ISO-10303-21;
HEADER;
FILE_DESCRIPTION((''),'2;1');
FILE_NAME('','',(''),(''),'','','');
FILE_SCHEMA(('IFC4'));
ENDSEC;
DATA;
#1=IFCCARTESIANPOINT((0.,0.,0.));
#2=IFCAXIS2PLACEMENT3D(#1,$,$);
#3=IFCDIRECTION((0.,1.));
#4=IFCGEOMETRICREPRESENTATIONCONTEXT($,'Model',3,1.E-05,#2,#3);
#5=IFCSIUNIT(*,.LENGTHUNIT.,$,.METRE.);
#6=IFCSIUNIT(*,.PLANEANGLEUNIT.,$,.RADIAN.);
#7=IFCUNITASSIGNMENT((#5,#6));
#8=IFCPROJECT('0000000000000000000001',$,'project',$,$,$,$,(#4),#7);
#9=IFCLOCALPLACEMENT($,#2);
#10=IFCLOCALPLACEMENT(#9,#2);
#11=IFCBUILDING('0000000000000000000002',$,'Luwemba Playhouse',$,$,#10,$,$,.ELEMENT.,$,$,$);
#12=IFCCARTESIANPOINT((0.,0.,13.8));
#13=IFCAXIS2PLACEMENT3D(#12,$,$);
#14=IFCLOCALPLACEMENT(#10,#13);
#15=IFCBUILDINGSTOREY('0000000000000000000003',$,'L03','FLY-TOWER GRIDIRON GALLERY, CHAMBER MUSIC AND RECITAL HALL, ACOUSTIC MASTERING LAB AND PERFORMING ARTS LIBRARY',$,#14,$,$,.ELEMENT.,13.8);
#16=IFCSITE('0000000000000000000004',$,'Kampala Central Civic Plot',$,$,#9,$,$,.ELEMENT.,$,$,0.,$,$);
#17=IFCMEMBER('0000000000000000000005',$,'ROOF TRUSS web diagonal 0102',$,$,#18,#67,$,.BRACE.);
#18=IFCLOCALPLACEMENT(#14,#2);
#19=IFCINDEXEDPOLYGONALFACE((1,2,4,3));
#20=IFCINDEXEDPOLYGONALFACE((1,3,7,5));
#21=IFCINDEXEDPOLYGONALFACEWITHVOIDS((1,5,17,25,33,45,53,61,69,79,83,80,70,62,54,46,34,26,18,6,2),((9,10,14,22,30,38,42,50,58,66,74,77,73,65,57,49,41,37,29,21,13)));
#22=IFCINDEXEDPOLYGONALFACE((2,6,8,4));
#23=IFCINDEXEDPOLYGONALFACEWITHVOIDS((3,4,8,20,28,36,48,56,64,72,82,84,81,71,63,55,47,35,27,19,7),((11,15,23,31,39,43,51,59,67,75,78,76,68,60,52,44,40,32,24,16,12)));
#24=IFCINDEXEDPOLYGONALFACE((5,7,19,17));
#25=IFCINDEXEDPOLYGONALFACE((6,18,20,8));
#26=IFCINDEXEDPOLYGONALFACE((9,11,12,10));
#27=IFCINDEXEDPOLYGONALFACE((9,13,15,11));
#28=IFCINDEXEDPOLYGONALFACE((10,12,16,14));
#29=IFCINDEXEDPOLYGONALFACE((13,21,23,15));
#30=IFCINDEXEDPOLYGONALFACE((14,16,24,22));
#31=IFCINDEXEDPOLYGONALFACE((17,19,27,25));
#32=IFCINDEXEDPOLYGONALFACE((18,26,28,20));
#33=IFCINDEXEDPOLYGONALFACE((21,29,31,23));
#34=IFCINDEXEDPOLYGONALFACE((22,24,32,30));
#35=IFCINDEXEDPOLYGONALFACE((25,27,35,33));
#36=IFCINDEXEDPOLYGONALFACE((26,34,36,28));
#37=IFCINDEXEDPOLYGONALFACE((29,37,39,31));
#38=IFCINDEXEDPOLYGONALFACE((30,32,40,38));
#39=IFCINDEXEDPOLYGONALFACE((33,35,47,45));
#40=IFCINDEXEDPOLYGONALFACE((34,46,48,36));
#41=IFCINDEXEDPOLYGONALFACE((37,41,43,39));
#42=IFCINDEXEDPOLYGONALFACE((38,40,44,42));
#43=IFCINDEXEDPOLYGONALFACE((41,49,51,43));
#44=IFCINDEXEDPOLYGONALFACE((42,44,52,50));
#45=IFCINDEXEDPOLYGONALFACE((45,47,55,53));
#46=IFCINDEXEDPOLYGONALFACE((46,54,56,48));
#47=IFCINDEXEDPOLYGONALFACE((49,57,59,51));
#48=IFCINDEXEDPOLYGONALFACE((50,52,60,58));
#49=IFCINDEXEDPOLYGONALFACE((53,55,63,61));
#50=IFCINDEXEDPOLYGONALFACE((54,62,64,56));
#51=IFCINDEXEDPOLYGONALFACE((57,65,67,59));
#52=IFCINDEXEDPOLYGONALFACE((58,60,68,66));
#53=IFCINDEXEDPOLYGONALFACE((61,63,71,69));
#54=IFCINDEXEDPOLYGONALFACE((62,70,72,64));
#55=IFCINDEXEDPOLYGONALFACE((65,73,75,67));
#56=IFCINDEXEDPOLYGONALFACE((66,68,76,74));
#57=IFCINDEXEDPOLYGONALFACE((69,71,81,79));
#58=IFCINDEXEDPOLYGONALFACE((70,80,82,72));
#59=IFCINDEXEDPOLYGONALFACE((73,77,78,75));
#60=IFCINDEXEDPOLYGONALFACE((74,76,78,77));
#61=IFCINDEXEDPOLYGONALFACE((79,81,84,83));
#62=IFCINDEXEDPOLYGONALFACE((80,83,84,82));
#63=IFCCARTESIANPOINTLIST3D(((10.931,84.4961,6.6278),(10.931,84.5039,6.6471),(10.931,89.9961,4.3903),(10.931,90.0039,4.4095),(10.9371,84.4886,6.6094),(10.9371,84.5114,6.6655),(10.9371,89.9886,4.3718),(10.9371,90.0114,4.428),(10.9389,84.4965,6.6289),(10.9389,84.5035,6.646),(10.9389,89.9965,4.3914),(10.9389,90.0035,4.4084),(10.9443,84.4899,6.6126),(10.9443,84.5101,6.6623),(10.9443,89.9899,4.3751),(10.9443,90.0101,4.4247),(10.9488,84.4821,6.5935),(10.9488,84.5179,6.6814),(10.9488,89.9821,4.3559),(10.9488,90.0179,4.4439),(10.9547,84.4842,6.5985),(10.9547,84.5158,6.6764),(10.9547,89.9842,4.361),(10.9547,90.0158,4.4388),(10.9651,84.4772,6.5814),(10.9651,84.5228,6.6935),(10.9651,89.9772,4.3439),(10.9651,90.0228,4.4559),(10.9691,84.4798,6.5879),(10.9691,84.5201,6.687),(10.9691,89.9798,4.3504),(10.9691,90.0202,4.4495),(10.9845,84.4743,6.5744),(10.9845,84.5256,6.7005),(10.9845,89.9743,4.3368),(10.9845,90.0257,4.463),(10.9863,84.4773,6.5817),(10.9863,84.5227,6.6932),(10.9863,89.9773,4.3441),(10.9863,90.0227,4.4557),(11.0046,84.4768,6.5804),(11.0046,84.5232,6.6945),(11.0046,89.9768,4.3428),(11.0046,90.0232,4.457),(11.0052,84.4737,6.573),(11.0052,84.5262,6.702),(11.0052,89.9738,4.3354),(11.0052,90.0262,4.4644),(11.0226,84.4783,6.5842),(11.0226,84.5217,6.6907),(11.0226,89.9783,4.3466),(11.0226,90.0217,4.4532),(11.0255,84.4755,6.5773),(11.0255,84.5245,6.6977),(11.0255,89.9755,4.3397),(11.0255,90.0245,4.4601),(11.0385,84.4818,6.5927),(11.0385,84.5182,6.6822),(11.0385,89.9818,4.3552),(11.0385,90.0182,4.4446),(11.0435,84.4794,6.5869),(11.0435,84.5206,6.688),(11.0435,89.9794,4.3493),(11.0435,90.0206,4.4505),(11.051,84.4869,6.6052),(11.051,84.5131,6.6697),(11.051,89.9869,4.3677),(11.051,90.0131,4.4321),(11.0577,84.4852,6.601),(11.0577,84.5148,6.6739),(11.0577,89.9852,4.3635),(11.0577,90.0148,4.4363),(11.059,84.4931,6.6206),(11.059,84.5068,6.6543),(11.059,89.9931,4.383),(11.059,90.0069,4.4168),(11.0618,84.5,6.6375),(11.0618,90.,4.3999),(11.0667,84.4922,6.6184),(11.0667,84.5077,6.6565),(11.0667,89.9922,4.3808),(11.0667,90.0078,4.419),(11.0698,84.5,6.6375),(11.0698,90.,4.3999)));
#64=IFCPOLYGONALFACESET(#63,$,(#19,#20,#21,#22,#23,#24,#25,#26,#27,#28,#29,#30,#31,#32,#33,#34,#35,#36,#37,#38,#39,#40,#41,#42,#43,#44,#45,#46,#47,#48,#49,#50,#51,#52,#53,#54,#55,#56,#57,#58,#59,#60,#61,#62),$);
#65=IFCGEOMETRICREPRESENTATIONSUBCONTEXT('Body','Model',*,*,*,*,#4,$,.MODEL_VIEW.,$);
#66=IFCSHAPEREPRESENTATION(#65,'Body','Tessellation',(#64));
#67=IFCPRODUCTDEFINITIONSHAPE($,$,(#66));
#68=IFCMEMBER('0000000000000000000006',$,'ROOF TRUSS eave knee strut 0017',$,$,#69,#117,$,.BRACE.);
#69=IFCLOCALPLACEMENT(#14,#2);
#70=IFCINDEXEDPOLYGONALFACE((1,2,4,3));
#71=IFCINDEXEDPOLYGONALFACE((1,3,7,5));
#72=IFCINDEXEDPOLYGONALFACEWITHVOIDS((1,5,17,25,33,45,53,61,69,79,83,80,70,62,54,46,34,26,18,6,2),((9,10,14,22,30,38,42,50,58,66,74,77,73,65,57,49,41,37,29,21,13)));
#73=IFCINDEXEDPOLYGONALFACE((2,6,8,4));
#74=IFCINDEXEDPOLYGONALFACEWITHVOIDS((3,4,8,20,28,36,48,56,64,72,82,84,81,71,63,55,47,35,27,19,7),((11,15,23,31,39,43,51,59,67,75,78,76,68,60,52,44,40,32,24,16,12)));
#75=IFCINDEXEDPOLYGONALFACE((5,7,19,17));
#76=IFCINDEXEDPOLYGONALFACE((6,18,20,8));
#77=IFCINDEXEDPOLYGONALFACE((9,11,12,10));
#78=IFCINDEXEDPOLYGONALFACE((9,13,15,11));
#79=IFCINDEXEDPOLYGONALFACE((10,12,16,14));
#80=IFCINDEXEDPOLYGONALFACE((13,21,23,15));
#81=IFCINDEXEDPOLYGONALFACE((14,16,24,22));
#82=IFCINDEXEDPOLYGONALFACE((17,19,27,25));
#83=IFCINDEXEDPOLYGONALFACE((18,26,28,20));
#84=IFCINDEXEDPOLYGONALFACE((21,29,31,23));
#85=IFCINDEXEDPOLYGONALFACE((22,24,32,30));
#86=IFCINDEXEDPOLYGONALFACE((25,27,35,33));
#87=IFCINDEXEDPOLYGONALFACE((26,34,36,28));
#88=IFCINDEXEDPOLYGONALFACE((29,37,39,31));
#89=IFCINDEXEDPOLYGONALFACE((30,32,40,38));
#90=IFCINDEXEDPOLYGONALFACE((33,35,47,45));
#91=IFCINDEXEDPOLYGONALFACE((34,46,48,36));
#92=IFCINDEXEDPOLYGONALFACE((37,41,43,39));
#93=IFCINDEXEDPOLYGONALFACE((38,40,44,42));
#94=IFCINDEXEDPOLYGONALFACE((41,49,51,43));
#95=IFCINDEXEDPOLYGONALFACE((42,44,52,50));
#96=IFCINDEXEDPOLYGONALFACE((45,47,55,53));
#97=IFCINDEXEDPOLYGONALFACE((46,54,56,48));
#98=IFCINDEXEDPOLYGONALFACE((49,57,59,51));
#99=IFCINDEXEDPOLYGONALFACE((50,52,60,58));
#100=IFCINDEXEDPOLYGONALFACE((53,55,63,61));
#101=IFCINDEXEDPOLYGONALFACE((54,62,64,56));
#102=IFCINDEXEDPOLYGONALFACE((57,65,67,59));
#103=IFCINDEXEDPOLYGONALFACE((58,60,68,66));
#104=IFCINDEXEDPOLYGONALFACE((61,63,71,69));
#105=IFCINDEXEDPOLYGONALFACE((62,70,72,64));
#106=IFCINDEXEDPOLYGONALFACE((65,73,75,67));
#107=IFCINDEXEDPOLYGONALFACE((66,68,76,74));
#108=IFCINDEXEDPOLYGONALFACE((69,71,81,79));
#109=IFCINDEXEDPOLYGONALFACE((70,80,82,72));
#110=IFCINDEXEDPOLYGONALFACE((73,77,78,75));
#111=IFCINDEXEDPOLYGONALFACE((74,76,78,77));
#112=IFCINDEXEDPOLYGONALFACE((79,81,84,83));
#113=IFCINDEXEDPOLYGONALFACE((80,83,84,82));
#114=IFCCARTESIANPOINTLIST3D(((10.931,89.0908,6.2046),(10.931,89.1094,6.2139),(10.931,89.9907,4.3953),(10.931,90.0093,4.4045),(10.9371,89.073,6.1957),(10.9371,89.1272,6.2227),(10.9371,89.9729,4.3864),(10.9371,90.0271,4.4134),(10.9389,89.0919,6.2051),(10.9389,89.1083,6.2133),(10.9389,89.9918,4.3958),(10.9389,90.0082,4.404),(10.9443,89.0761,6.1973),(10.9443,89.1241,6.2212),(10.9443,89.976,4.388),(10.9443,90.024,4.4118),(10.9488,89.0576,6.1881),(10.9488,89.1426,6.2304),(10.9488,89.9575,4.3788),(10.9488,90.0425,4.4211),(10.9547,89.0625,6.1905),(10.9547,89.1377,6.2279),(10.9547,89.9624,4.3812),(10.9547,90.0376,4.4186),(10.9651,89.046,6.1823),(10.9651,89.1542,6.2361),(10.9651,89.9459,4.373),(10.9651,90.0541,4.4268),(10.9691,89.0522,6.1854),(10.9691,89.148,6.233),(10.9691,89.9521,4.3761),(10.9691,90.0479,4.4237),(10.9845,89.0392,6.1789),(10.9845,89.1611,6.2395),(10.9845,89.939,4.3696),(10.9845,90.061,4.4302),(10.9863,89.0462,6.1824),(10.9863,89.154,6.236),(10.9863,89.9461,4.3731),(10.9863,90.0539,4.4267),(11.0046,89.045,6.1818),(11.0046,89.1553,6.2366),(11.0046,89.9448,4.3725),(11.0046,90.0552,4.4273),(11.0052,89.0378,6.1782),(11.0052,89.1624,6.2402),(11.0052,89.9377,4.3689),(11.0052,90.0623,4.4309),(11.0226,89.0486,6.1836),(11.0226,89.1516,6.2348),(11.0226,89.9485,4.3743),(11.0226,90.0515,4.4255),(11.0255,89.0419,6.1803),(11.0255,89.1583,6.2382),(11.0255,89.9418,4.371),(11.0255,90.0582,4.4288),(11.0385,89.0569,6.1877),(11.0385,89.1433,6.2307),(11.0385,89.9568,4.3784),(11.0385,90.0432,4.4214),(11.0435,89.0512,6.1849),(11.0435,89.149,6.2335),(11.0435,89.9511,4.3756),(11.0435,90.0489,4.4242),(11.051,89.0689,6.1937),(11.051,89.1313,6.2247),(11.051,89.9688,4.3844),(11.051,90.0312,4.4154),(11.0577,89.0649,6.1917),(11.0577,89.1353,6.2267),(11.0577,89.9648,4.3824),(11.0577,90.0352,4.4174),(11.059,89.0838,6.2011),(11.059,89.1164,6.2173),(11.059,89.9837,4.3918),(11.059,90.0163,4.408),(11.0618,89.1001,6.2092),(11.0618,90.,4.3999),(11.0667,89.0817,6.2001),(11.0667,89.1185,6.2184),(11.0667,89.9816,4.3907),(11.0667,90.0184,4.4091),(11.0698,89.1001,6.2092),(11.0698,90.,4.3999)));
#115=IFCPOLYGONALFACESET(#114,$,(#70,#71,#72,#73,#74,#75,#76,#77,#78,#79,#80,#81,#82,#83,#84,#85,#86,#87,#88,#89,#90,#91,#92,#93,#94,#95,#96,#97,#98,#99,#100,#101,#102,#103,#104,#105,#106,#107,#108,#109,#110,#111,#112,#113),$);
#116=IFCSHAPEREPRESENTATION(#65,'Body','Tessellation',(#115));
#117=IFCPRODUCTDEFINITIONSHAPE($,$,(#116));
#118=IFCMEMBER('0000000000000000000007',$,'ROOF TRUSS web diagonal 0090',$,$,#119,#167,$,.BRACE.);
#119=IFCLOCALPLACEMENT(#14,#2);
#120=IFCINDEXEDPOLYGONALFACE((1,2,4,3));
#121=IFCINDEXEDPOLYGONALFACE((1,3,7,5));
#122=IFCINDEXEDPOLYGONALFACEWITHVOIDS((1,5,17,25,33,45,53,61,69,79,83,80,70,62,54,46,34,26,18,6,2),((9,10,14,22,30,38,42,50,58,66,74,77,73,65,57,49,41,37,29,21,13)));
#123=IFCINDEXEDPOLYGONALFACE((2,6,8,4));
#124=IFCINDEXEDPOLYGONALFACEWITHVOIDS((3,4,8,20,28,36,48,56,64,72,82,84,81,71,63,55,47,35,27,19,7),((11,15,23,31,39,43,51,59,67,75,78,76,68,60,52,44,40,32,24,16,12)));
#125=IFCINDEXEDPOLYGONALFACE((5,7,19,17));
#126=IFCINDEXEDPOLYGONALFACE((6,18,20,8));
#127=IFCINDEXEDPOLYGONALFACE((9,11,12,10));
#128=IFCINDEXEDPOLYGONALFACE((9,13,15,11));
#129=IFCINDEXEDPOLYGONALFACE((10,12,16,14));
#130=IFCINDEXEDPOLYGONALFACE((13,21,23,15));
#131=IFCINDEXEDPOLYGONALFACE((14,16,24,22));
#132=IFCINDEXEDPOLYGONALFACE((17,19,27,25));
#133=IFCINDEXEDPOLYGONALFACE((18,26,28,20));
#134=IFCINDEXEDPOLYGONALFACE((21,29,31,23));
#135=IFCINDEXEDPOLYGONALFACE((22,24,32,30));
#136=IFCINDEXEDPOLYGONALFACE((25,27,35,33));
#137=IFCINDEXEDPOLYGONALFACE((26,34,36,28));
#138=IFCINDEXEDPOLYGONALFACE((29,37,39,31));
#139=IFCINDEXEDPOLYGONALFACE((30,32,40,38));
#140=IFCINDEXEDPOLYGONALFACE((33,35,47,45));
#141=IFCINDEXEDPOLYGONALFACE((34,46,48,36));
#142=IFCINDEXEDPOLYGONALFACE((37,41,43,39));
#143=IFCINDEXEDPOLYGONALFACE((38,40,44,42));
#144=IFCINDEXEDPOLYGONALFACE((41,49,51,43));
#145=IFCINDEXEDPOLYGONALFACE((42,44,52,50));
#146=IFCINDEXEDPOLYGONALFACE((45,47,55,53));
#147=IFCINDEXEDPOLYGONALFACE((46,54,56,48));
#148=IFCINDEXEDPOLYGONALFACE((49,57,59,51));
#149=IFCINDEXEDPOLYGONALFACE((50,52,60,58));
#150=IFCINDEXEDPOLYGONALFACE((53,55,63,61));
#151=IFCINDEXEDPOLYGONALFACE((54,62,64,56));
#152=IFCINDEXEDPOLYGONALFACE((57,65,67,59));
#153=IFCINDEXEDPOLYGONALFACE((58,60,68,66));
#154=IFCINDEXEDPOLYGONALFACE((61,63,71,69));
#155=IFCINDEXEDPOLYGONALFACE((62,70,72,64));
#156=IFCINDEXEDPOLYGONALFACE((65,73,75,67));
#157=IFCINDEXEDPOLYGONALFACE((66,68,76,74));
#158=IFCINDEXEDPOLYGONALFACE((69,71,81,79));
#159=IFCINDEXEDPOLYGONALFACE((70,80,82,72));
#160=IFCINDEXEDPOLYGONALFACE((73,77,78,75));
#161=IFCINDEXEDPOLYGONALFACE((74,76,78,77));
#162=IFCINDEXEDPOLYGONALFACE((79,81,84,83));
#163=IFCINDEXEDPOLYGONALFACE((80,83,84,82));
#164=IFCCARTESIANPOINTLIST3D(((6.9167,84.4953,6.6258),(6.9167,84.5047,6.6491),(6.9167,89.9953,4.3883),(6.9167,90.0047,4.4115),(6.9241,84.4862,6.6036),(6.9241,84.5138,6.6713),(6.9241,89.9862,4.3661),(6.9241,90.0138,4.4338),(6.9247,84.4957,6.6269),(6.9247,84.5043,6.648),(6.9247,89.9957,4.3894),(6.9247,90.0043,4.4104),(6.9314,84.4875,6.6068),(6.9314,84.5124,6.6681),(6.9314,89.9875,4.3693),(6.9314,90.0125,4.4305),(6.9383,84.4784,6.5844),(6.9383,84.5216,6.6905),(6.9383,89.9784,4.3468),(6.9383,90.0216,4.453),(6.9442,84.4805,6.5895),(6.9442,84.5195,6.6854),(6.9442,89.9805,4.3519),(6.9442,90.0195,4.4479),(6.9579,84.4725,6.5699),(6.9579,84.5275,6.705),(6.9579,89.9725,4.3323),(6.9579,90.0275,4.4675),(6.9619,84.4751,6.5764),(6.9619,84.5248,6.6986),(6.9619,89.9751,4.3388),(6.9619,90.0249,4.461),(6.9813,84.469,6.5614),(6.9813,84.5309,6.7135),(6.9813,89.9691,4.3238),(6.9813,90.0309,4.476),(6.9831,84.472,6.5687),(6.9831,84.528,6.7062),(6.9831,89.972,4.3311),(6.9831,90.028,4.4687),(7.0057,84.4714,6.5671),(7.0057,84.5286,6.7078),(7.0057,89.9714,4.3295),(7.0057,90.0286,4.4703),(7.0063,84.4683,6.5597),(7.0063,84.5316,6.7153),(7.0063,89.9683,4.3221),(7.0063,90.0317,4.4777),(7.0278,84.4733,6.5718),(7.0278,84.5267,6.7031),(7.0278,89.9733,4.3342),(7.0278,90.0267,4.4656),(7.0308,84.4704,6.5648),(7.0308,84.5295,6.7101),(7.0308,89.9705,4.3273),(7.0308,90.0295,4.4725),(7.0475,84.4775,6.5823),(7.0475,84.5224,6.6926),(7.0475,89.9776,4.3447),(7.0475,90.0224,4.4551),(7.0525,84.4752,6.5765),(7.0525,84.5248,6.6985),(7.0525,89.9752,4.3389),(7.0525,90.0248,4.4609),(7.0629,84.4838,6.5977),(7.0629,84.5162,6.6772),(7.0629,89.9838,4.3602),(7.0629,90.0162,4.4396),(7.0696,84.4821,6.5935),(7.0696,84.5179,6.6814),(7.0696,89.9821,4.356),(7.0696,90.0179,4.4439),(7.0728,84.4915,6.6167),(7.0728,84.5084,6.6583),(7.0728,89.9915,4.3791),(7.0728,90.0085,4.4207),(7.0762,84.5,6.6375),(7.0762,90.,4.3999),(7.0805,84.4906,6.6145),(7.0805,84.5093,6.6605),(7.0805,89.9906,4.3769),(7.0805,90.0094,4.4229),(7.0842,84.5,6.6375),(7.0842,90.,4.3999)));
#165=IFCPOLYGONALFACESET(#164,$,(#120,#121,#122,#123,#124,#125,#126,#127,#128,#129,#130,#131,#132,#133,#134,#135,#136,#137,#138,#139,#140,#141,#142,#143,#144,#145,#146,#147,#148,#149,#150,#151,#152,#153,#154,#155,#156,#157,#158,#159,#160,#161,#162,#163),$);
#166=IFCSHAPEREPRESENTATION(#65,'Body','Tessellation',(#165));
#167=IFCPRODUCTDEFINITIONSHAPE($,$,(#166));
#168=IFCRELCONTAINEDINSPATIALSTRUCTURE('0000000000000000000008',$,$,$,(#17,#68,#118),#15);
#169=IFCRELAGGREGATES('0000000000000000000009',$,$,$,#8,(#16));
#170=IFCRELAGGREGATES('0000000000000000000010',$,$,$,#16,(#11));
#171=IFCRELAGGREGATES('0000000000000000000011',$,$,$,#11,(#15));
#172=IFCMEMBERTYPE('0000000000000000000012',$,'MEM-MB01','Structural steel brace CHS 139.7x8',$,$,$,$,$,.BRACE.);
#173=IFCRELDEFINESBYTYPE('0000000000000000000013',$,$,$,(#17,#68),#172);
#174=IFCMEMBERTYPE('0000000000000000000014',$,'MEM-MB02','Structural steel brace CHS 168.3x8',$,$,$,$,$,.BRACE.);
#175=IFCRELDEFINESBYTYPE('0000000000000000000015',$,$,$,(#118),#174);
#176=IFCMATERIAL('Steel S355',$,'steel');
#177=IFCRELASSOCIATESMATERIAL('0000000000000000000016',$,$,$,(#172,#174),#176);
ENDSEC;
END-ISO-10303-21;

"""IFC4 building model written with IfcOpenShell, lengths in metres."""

from ifc_helpers import new_model, si_unit, direction, frame, origin, origin_2d, place, context, subcontext, project, spatial, hollow_circle, extrude, material, material_profile, profile_set, type_object, element, save


model = new_model("IFC4")

# Units and contexts
model_context = context("Model", 3, precision=1e-05, world=origin(), true_north=direction((0.0, 1.0)))
body_context = subcontext(model_context, "Body", "Model", "MODEL_VIEW")
ifc_project = project(units=[si_unit("LENGTHUNIT", "METRE"), si_unit("PLANEANGLEUNIT", "RADIAN")], contexts=[model_context])

# Site, building, storey
site_placement = place(None, origin())
site = spatial("IfcSite", under=ifc_project, at=site_placement, Name="Kampala Central Civic Plot", CompositionType="ELEMENT", RefElevation=0.0)
building_placement = place(site_placement, origin())
building = spatial("IfcBuilding", under=site, at=building_placement, Name="Luwemba Playhouse", CompositionType="ELEMENT")
storey_placement = place(building_placement, frame((0.0, 0.0, 13.8)))
storey = spatial("IfcBuildingStorey", under=building, at=storey_placement, Name="L03", Description="FLY-TOWER GRIDIRON GALLERY, CHAMBER MUSIC AND RECITAL HALL, ACOUSTIC MASTERING LAB AND PERFORMING ARTS LIBRARY", CompositionType="ELEMENT", Elevation=13.8)

# Shared definitions
ifc_material_1 = material(Name="Steel S355", Category="steel")

# Members
ifc_material_profile_1 = material_profile(ifc_material_1, hollow_circle(Radius=0.0698, WallThickness=0.0081, at=origin_2d()))
ifc_profile_set_1 = profile_set([ifc_material_profile_1], Name="Steel S355")
member_type_1 = type_object("IfcMemberType", Name="MEM-MB01", Description="Structural steel brace CHS 139.7x8", PredefinedType="BRACE", material=ifc_profile_set_1)
member_1_placement = place(storey_placement, frame((11.0, 90.0, 4.3999), z_axis=(0.0, -0.92628, 0.376836), x_axis=(1.0, 0.0, 0.0)))
element("IfcMember", 1, at=member_1_placement, inside=storey, type_object=member_type_1, Name="ROOF TRUSS web diagonal 0102", PredefinedType="BRACE", context=body_context, shape_type="SweptSolid", body=[
    extrude(hollow_circle(Radius=0.0698, WallThickness=0.0081, at=origin_2d()), origin(), (0.0, 0.0, 1.0), 5.9377),
])
member_2_placement = place(storey_placement, frame((11.0, 90.0, 4.3999), z_axis=(0.0, -0.445328, 0.895368), x_axis=(1.0, 0.0, 0.0)))
element("IfcMember", 2, at=member_2_placement, inside=storey, type_object=member_type_1, Name="ROOF TRUSS eave knee strut 0017", PredefinedType="BRACE", context=body_context, shape_type="SweptSolid", body=[
    extrude(hollow_circle(Radius=0.0698, WallThickness=0.0081, at=origin_2d()), origin(), (0.0, 0.0, 1.0), 2.0208),
])
ifc_material_profile_2 = material_profile(ifc_material_1, hollow_circle(Radius=0.0842, WallThickness=0.0081, at=origin_2d()))
ifc_profile_set_2 = profile_set([ifc_material_profile_2], Name="Steel S355")
member_type_2 = type_object("IfcMemberType", Name="MEM-MB02", Description="Structural steel brace CHS 168.3x8", PredefinedType="BRACE", material=ifc_profile_set_2)
member_3_placement = place(storey_placement, frame((7.0, 90.0, 4.3999), z_axis=(0.0, -0.92628, 0.376836), x_axis=(1.0, 0.0, 0.0)))
element("IfcMember", 3, at=member_3_placement, inside=storey, type_object=member_type_2, Name="ROOF TRUSS web diagonal 0090", PredefinedType="BRACE", context=body_context, shape_type="SweptSolid", body=[
    extrude(hollow_circle(Radius=0.0842, WallThickness=0.0081, at=origin_2d()), origin(), (0.0, 0.0, 1.0), 5.9377),
])

save(model, "model.ifc")
